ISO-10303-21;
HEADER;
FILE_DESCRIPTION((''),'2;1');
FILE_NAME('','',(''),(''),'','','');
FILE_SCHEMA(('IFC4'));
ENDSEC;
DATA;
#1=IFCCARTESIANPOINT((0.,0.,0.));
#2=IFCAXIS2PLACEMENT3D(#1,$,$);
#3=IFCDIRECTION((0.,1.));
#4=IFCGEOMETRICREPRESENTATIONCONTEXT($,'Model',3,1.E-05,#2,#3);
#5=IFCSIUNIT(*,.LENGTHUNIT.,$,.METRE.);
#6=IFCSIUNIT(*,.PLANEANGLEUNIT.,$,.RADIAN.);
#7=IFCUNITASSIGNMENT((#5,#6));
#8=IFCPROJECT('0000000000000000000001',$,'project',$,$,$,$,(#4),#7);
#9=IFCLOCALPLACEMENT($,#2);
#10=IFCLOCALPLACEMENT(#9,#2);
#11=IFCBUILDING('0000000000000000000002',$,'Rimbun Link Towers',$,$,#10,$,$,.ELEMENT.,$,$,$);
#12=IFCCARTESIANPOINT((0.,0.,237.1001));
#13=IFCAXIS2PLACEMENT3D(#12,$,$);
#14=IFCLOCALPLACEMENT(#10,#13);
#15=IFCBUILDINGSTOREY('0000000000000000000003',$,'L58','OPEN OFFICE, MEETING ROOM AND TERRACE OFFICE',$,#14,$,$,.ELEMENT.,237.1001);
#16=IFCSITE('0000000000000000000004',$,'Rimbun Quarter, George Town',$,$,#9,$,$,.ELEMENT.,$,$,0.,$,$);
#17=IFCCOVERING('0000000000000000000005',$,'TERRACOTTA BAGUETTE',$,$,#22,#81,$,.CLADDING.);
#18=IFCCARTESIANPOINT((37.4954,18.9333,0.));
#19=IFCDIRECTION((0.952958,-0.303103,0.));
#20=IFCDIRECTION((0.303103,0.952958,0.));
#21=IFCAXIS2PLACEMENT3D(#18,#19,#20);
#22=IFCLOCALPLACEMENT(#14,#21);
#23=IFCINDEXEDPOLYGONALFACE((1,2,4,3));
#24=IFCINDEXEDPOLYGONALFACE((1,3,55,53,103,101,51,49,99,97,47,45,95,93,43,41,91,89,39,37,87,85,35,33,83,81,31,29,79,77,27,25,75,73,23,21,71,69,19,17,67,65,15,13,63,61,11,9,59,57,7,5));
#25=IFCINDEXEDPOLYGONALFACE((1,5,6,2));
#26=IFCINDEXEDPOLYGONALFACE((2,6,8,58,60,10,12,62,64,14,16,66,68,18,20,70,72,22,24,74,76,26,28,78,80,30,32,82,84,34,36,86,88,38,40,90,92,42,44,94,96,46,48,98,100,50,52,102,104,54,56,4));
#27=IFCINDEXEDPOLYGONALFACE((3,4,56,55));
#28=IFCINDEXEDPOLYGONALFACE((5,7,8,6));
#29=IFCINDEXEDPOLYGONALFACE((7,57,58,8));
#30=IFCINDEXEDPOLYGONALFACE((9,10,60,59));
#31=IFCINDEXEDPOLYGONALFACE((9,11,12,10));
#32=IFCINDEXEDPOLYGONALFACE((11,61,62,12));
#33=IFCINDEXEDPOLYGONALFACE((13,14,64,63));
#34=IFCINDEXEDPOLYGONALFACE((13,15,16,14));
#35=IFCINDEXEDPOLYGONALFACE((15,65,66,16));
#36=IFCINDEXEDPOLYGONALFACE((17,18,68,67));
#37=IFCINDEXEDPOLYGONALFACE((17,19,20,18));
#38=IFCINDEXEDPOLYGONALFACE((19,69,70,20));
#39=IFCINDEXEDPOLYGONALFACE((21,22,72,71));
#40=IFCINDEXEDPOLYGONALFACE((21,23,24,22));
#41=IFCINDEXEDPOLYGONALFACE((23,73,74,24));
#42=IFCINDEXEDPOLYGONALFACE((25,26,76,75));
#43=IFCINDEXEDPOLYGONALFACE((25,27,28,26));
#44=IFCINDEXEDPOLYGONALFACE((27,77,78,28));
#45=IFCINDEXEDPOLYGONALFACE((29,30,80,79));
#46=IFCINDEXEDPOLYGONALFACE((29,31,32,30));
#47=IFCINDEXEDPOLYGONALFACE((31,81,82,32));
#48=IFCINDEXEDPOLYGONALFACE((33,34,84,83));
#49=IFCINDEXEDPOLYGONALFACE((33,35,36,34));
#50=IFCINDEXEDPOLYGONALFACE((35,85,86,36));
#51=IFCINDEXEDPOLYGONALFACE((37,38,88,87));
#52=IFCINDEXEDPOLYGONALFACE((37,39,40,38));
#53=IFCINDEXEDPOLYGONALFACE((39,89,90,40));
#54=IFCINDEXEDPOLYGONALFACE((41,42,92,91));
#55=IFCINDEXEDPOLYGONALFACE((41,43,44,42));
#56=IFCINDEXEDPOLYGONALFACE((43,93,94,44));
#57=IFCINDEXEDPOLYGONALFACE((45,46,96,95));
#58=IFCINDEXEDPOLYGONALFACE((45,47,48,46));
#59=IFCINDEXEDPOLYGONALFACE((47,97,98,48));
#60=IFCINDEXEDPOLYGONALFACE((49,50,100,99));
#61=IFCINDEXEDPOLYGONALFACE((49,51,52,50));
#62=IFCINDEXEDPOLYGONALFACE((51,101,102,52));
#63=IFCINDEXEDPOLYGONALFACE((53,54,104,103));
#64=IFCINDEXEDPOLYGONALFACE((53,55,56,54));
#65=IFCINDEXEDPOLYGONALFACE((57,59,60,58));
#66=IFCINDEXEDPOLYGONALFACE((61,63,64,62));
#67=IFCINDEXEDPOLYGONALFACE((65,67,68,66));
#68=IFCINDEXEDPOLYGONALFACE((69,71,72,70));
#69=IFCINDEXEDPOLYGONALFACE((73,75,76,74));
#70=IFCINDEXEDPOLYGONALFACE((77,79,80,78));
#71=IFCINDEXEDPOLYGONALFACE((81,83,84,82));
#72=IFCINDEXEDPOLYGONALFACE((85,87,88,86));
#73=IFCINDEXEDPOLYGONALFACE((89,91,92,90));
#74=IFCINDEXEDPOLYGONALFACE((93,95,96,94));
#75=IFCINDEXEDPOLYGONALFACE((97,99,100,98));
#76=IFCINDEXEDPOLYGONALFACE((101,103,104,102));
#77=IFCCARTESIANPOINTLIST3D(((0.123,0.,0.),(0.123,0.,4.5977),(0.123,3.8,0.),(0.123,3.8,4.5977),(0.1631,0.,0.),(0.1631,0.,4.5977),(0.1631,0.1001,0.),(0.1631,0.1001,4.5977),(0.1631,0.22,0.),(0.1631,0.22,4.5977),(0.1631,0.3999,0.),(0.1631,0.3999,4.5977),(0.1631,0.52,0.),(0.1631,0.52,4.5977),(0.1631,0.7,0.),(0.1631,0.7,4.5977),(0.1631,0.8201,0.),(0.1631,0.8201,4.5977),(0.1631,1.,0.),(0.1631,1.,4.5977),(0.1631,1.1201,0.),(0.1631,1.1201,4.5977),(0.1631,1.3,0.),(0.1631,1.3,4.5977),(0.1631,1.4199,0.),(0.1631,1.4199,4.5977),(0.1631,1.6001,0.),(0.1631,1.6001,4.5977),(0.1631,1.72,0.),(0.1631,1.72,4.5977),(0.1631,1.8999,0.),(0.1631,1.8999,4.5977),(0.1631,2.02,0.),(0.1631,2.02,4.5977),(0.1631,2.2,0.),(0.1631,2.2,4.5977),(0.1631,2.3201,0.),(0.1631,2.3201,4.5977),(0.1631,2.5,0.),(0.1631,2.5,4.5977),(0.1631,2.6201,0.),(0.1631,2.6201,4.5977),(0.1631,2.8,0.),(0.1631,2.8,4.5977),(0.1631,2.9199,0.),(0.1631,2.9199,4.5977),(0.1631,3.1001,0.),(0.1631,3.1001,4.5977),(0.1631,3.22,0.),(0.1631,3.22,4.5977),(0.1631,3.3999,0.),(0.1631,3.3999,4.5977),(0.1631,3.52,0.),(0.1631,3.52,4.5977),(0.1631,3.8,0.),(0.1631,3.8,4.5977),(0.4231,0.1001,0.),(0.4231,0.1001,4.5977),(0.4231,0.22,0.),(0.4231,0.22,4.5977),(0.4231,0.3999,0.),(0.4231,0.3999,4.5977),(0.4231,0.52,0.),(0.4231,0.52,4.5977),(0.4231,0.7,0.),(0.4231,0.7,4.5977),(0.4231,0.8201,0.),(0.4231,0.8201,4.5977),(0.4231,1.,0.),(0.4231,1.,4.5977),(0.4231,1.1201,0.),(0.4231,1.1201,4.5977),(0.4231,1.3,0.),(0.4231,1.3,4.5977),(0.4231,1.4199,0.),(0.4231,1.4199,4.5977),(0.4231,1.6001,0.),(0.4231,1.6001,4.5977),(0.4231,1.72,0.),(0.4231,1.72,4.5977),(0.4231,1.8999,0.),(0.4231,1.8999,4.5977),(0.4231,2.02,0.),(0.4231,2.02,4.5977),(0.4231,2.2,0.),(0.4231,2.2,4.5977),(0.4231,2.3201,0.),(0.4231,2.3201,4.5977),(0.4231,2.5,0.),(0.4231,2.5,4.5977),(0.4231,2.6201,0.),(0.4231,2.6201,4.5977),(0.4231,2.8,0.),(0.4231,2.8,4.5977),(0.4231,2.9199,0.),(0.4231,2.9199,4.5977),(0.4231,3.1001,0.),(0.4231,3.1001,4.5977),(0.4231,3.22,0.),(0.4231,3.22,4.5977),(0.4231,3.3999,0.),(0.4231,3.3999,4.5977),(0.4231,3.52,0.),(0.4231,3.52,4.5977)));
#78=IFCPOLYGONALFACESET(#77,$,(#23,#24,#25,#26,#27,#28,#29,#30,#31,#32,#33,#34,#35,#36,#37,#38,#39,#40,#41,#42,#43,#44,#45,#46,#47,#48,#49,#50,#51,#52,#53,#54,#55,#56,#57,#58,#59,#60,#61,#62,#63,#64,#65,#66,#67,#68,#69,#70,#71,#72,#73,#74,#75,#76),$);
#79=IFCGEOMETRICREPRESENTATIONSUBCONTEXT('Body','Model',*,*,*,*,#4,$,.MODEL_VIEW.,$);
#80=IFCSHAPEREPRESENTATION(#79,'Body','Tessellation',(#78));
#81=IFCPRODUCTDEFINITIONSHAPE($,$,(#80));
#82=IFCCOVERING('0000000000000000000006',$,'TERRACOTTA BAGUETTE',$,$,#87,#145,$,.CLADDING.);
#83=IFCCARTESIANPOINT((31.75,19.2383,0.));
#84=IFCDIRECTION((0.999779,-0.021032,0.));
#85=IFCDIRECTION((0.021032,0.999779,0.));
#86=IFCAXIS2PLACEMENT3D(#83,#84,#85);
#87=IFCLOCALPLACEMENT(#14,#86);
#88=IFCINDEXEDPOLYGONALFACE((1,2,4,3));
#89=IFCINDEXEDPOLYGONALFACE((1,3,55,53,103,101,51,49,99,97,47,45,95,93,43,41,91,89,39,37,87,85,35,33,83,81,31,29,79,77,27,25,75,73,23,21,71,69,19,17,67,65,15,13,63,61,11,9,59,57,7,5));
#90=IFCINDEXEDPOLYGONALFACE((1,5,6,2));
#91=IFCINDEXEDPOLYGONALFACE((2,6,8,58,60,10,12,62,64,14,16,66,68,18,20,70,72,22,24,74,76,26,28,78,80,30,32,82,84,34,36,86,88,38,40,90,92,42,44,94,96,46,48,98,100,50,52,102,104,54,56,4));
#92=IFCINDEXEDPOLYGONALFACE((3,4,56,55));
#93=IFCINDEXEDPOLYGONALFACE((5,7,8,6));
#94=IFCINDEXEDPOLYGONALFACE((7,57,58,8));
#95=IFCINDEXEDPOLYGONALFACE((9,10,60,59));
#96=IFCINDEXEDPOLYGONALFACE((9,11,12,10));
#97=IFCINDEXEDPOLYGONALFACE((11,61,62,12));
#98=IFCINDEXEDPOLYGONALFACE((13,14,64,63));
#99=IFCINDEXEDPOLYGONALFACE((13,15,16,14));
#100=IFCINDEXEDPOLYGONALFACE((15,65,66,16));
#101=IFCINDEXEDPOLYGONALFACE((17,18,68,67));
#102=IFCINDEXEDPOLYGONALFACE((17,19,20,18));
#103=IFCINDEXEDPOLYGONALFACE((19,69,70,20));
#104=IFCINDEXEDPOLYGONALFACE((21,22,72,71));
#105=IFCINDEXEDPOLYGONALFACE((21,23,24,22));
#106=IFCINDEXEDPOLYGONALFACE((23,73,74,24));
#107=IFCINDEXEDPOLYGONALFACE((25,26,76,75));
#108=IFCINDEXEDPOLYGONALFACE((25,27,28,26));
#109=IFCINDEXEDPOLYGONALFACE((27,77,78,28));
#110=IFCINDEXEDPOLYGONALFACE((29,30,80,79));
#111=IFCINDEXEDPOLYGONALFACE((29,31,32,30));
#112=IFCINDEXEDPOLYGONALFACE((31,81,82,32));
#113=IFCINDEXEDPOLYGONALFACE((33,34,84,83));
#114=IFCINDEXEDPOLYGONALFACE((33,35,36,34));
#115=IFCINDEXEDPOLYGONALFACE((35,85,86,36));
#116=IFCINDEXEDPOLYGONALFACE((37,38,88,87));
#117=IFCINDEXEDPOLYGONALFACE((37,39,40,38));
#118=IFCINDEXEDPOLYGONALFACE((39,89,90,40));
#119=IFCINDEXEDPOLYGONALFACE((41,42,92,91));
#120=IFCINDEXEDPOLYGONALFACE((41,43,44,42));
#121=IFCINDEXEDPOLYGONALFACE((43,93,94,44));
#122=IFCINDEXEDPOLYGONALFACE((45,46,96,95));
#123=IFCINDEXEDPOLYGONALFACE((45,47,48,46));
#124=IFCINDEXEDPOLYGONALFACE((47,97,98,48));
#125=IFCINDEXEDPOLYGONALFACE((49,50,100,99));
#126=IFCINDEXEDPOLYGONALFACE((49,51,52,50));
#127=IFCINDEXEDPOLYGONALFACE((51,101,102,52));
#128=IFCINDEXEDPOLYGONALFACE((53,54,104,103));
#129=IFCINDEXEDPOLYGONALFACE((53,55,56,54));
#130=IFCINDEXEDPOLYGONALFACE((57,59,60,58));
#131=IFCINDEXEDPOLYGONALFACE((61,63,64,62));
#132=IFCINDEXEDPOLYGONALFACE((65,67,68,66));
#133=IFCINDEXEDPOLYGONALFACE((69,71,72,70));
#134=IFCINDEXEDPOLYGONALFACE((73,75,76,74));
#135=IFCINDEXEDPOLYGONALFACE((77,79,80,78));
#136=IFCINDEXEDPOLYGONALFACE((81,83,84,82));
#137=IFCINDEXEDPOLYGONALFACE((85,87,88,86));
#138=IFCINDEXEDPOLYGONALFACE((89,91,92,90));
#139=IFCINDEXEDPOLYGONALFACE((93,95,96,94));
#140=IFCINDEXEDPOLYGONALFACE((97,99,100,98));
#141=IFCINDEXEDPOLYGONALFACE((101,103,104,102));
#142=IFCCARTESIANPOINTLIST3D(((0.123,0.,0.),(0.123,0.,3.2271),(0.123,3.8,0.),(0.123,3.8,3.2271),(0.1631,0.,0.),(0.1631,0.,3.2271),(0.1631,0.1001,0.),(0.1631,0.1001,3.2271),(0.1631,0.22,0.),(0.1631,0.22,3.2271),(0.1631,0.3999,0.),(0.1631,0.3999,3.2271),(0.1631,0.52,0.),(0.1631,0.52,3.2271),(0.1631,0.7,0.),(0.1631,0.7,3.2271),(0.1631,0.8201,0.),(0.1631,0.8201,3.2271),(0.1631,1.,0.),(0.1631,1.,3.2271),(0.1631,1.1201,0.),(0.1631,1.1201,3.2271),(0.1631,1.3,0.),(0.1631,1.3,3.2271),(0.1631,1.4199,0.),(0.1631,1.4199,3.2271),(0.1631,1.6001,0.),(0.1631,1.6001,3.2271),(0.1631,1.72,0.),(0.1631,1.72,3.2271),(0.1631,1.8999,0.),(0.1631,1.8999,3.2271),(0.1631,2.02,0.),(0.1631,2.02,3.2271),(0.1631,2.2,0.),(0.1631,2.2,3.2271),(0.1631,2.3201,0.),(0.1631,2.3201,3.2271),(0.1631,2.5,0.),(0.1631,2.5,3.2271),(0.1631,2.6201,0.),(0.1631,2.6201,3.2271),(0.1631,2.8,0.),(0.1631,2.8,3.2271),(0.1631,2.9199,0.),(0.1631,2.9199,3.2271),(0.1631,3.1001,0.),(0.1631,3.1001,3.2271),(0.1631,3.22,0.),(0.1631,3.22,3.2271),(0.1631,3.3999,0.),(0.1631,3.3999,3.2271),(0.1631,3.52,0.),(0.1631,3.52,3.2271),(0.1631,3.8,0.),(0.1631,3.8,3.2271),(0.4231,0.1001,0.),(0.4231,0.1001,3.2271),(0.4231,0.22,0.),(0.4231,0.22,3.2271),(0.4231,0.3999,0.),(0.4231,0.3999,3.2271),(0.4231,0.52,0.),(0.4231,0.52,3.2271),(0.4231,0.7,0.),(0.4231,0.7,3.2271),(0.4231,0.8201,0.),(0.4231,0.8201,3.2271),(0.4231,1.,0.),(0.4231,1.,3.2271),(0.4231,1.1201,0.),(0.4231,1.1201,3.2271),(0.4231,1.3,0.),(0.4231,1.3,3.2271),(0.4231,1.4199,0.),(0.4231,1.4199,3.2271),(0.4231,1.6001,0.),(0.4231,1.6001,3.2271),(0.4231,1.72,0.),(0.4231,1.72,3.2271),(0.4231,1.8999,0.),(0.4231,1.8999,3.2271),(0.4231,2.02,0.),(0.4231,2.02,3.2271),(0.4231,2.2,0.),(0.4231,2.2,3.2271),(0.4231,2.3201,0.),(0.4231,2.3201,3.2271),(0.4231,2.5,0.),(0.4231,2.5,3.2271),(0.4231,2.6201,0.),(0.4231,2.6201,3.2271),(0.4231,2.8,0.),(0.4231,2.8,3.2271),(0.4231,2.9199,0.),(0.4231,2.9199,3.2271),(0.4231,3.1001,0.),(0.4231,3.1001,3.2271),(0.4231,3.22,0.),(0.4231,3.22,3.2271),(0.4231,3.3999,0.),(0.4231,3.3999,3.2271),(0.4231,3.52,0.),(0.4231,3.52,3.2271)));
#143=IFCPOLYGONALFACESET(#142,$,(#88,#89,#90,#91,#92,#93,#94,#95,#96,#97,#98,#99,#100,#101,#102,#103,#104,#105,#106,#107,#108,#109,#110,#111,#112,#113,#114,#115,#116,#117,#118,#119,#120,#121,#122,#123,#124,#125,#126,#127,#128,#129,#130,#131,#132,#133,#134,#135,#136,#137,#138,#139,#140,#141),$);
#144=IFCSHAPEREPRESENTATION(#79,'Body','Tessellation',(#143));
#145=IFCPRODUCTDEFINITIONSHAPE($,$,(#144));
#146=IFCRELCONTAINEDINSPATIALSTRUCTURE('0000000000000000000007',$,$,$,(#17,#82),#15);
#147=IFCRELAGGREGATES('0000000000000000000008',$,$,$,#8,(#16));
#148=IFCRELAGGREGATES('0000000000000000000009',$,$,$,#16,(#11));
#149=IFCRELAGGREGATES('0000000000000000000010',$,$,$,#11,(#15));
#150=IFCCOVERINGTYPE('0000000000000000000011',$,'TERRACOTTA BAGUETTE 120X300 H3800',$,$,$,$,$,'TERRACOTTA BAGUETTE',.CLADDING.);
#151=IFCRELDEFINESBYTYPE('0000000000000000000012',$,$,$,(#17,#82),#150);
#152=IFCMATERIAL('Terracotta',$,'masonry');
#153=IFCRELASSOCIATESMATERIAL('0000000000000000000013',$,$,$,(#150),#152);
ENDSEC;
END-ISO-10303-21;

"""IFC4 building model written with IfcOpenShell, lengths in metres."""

from ifc_helpers import new_model, si_unit, direction, frame, origin, place, context, subcontext, project, spatial, polyline, outline, extrude, material, material_profile, profile_set, type_object, element, save


model = new_model("IFC4")

# Units and contexts
model_context = context("Model", 3, precision=1e-05, world=origin(), true_north=direction((0.0, 1.0)))
body_context = subcontext(model_context, "Body", "Model", "MODEL_VIEW")
ifc_project = project(units=[si_unit("LENGTHUNIT", "METRE"), si_unit("PLANEANGLEUNIT", "RADIAN")], contexts=[model_context])

# Site, building, storey
site_placement = place(None, origin())
site = spatial("IfcSite", under=ifc_project, at=site_placement, Name="Rimbun Quarter, George Town", CompositionType="ELEMENT", RefElevation=0.0)
building_placement = place(site_placement, origin())
building = spatial("IfcBuilding", under=site, at=building_placement, Name="Rimbun Link Towers", CompositionType="ELEMENT")
storey_placement = place(building_placement, frame((0.0, 0.0, 237.1001)))
storey = spatial("IfcBuildingStorey", under=building, at=storey_placement, Name="L58", Description="OPEN OFFICE, MEETING ROOM AND TERRACE OFFICE", CompositionType="ELEMENT", Elevation=237.1001)

# Coverings
ifc_material_1 = material(Name="Terracotta", Category="masonry")
ifc_material_profile_1 = material_profile(ifc_material_1, outline(polyline([(0.123, 0.0), (0.1631, 0.0), (0.1631, 0.1001), (0.4231, 0.1001), (0.4231, 0.22), (0.1631, 0.22), (0.1631, 0.3999), (0.4231, 0.3999), (0.4231, 0.52), (0.1631, 0.52), (0.1631, 0.7), (0.4231, 0.7), (0.4231, 0.8201), (0.1631, 0.8201), (0.1631, 1.0), (0.4231, 1.0), (0.4231, 1.1201), (0.1631, 1.1201), (0.1631, 1.3), (0.4231, 1.3), (0.4231, 1.4199), (0.1631, 1.4199), (0.1631, 1.6001), (0.4231, 1.6001), (0.4231, 1.72), (0.1631, 1.72), (0.1631, 1.8999), (0.4231, 1.8999), (0.4231, 2.02), (0.1631, 2.02), (0.1631, 2.2), (0.4231, 2.2), (0.4231, 2.3201), (0.1631, 2.3201), (0.1631, 2.5), (0.4231, 2.5), (0.4231, 2.6201), (0.1631, 2.6201), (0.1631, 2.8), (0.4231, 2.8), (0.4231, 2.9199), (0.1631, 2.9199), (0.1631, 3.1001), (0.4231, 3.1001), (0.4231, 3.22), (0.1631, 3.22), (0.1631, 3.3999), (0.4231, 3.3999), (0.4231, 3.52), (0.1631, 3.52), (0.1631, 3.8), (0.123, 3.8), (0.123, 0.0)])), Name="BAGUETTE 120X300")
ifc_profile_set_1 = profile_set([ifc_material_profile_1], Name="Terracotta")
covering_type = type_object("IfcCoveringType", Name="TERRACOTTA BAGUETTE 120X300 H3800", ElementType="TERRACOTTA BAGUETTE", PredefinedType="CLADDING", material=ifc_profile_set_1)
covering_1_placement = place(storey_placement, frame((37.4954, 18.9333, 0.0), z_axis=(0.952958, -0.303103, 0.0), x_axis=(0.303103, 0.952958, 0.0)))
element("IfcCovering", 1, at=covering_1_placement, inside=storey, type_object=covering_type, Name="TERRACOTTA BAGUETTE", PredefinedType="CLADDING", context=body_context, shape_type="SweptSolid", body=[
    extrude(outline(polyline([(0.123, 0.0), (0.1631, 0.0), (0.1631, 0.1001), (0.4231, 0.1001), (0.4231, 0.22), (0.1631, 0.22), (0.1631, 0.3999), (0.4231, 0.3999), (0.4231, 0.52), (0.1631, 0.52), (0.1631, 0.7), (0.4231, 0.7), (0.4231, 0.8201), (0.1631, 0.8201), (0.1631, 1.0), (0.4231, 1.0), (0.4231, 1.1201), (0.1631, 1.1201), (0.1631, 1.3), (0.4231, 1.3), (0.4231, 1.4199), (0.1631, 1.4199), (0.1631, 1.6001), (0.4231, 1.6001), (0.4231, 1.72), (0.1631, 1.72), (0.1631, 1.8999), (0.4231, 1.8999), (0.4231, 2.02), (0.1631, 2.02), (0.1631, 2.2), (0.4231, 2.2), (0.4231, 2.3201), (0.1631, 2.3201), (0.1631, 2.5), (0.4231, 2.5), (0.4231, 2.6201), (0.1631, 2.6201), (0.1631, 2.8), (0.4231, 2.8), (0.4231, 2.9199), (0.1631, 2.9199), (0.1631, 3.1001), (0.4231, 3.1001), (0.4231, 3.22), (0.1631, 3.22), (0.1631, 3.3999), (0.4231, 3.3999), (0.4231, 3.52), (0.1631, 3.52), (0.1631, 3.8), (0.123, 3.8), (0.123, 0.0)])), origin(), (0.0, 0.0, 1.0), 4.5977),
])
covering_2_placement = place(storey_placement, frame((31.75, 19.2383, 0.0), z_axis=(0.999779, -0.021032, 0.0), x_axis=(0.021032, 0.999779, 0.0)))
element("IfcCovering", 2, at=covering_2_placement, inside=storey, type_object=covering_type, Name="TERRACOTTA BAGUETTE", PredefinedType="CLADDING", context=body_context, shape_type="SweptSolid", body=[
    extrude(outline(polyline([(0.123, 0.0), (0.1631, 0.0), (0.1631, 0.1001), (0.4231, 0.1001), (0.4231, 0.22), (0.1631, 0.22), (0.1631, 0.3999), (0.4231, 0.3999), (0.4231, 0.52), (0.1631, 0.52), (0.1631, 0.7), (0.4231, 0.7), (0.4231, 0.8201), (0.1631, 0.8201), (0.1631, 1.0), (0.4231, 1.0), (0.4231, 1.1201), (0.1631, 1.1201), (0.1631, 1.3), (0.4231, 1.3), (0.4231, 1.4199), (0.1631, 1.4199), (0.1631, 1.6001), (0.4231, 1.6001), (0.4231, 1.72), (0.1631, 1.72), (0.1631, 1.8999), (0.4231, 1.8999), (0.4231, 2.02), (0.1631, 2.02), (0.1631, 2.2), (0.4231, 2.2), (0.4231, 2.3201), (0.1631, 2.3201), (0.1631, 2.5), (0.4231, 2.5), (0.4231, 2.6201), (0.1631, 2.6201), (0.1631, 2.8), (0.4231, 2.8), (0.4231, 2.9199), (0.1631, 2.9199), (0.1631, 3.1001), (0.4231, 3.1001), (0.4231, 3.22), (0.1631, 3.22), (0.1631, 3.3999), (0.4231, 3.3999), (0.4231, 3.52), (0.1631, 3.52), (0.1631, 3.8), (0.123, 3.8), (0.123, 0.0)])), origin(), (0.0, 0.0, 1.0), 3.2271),
])

save(model, "model.ifc")
